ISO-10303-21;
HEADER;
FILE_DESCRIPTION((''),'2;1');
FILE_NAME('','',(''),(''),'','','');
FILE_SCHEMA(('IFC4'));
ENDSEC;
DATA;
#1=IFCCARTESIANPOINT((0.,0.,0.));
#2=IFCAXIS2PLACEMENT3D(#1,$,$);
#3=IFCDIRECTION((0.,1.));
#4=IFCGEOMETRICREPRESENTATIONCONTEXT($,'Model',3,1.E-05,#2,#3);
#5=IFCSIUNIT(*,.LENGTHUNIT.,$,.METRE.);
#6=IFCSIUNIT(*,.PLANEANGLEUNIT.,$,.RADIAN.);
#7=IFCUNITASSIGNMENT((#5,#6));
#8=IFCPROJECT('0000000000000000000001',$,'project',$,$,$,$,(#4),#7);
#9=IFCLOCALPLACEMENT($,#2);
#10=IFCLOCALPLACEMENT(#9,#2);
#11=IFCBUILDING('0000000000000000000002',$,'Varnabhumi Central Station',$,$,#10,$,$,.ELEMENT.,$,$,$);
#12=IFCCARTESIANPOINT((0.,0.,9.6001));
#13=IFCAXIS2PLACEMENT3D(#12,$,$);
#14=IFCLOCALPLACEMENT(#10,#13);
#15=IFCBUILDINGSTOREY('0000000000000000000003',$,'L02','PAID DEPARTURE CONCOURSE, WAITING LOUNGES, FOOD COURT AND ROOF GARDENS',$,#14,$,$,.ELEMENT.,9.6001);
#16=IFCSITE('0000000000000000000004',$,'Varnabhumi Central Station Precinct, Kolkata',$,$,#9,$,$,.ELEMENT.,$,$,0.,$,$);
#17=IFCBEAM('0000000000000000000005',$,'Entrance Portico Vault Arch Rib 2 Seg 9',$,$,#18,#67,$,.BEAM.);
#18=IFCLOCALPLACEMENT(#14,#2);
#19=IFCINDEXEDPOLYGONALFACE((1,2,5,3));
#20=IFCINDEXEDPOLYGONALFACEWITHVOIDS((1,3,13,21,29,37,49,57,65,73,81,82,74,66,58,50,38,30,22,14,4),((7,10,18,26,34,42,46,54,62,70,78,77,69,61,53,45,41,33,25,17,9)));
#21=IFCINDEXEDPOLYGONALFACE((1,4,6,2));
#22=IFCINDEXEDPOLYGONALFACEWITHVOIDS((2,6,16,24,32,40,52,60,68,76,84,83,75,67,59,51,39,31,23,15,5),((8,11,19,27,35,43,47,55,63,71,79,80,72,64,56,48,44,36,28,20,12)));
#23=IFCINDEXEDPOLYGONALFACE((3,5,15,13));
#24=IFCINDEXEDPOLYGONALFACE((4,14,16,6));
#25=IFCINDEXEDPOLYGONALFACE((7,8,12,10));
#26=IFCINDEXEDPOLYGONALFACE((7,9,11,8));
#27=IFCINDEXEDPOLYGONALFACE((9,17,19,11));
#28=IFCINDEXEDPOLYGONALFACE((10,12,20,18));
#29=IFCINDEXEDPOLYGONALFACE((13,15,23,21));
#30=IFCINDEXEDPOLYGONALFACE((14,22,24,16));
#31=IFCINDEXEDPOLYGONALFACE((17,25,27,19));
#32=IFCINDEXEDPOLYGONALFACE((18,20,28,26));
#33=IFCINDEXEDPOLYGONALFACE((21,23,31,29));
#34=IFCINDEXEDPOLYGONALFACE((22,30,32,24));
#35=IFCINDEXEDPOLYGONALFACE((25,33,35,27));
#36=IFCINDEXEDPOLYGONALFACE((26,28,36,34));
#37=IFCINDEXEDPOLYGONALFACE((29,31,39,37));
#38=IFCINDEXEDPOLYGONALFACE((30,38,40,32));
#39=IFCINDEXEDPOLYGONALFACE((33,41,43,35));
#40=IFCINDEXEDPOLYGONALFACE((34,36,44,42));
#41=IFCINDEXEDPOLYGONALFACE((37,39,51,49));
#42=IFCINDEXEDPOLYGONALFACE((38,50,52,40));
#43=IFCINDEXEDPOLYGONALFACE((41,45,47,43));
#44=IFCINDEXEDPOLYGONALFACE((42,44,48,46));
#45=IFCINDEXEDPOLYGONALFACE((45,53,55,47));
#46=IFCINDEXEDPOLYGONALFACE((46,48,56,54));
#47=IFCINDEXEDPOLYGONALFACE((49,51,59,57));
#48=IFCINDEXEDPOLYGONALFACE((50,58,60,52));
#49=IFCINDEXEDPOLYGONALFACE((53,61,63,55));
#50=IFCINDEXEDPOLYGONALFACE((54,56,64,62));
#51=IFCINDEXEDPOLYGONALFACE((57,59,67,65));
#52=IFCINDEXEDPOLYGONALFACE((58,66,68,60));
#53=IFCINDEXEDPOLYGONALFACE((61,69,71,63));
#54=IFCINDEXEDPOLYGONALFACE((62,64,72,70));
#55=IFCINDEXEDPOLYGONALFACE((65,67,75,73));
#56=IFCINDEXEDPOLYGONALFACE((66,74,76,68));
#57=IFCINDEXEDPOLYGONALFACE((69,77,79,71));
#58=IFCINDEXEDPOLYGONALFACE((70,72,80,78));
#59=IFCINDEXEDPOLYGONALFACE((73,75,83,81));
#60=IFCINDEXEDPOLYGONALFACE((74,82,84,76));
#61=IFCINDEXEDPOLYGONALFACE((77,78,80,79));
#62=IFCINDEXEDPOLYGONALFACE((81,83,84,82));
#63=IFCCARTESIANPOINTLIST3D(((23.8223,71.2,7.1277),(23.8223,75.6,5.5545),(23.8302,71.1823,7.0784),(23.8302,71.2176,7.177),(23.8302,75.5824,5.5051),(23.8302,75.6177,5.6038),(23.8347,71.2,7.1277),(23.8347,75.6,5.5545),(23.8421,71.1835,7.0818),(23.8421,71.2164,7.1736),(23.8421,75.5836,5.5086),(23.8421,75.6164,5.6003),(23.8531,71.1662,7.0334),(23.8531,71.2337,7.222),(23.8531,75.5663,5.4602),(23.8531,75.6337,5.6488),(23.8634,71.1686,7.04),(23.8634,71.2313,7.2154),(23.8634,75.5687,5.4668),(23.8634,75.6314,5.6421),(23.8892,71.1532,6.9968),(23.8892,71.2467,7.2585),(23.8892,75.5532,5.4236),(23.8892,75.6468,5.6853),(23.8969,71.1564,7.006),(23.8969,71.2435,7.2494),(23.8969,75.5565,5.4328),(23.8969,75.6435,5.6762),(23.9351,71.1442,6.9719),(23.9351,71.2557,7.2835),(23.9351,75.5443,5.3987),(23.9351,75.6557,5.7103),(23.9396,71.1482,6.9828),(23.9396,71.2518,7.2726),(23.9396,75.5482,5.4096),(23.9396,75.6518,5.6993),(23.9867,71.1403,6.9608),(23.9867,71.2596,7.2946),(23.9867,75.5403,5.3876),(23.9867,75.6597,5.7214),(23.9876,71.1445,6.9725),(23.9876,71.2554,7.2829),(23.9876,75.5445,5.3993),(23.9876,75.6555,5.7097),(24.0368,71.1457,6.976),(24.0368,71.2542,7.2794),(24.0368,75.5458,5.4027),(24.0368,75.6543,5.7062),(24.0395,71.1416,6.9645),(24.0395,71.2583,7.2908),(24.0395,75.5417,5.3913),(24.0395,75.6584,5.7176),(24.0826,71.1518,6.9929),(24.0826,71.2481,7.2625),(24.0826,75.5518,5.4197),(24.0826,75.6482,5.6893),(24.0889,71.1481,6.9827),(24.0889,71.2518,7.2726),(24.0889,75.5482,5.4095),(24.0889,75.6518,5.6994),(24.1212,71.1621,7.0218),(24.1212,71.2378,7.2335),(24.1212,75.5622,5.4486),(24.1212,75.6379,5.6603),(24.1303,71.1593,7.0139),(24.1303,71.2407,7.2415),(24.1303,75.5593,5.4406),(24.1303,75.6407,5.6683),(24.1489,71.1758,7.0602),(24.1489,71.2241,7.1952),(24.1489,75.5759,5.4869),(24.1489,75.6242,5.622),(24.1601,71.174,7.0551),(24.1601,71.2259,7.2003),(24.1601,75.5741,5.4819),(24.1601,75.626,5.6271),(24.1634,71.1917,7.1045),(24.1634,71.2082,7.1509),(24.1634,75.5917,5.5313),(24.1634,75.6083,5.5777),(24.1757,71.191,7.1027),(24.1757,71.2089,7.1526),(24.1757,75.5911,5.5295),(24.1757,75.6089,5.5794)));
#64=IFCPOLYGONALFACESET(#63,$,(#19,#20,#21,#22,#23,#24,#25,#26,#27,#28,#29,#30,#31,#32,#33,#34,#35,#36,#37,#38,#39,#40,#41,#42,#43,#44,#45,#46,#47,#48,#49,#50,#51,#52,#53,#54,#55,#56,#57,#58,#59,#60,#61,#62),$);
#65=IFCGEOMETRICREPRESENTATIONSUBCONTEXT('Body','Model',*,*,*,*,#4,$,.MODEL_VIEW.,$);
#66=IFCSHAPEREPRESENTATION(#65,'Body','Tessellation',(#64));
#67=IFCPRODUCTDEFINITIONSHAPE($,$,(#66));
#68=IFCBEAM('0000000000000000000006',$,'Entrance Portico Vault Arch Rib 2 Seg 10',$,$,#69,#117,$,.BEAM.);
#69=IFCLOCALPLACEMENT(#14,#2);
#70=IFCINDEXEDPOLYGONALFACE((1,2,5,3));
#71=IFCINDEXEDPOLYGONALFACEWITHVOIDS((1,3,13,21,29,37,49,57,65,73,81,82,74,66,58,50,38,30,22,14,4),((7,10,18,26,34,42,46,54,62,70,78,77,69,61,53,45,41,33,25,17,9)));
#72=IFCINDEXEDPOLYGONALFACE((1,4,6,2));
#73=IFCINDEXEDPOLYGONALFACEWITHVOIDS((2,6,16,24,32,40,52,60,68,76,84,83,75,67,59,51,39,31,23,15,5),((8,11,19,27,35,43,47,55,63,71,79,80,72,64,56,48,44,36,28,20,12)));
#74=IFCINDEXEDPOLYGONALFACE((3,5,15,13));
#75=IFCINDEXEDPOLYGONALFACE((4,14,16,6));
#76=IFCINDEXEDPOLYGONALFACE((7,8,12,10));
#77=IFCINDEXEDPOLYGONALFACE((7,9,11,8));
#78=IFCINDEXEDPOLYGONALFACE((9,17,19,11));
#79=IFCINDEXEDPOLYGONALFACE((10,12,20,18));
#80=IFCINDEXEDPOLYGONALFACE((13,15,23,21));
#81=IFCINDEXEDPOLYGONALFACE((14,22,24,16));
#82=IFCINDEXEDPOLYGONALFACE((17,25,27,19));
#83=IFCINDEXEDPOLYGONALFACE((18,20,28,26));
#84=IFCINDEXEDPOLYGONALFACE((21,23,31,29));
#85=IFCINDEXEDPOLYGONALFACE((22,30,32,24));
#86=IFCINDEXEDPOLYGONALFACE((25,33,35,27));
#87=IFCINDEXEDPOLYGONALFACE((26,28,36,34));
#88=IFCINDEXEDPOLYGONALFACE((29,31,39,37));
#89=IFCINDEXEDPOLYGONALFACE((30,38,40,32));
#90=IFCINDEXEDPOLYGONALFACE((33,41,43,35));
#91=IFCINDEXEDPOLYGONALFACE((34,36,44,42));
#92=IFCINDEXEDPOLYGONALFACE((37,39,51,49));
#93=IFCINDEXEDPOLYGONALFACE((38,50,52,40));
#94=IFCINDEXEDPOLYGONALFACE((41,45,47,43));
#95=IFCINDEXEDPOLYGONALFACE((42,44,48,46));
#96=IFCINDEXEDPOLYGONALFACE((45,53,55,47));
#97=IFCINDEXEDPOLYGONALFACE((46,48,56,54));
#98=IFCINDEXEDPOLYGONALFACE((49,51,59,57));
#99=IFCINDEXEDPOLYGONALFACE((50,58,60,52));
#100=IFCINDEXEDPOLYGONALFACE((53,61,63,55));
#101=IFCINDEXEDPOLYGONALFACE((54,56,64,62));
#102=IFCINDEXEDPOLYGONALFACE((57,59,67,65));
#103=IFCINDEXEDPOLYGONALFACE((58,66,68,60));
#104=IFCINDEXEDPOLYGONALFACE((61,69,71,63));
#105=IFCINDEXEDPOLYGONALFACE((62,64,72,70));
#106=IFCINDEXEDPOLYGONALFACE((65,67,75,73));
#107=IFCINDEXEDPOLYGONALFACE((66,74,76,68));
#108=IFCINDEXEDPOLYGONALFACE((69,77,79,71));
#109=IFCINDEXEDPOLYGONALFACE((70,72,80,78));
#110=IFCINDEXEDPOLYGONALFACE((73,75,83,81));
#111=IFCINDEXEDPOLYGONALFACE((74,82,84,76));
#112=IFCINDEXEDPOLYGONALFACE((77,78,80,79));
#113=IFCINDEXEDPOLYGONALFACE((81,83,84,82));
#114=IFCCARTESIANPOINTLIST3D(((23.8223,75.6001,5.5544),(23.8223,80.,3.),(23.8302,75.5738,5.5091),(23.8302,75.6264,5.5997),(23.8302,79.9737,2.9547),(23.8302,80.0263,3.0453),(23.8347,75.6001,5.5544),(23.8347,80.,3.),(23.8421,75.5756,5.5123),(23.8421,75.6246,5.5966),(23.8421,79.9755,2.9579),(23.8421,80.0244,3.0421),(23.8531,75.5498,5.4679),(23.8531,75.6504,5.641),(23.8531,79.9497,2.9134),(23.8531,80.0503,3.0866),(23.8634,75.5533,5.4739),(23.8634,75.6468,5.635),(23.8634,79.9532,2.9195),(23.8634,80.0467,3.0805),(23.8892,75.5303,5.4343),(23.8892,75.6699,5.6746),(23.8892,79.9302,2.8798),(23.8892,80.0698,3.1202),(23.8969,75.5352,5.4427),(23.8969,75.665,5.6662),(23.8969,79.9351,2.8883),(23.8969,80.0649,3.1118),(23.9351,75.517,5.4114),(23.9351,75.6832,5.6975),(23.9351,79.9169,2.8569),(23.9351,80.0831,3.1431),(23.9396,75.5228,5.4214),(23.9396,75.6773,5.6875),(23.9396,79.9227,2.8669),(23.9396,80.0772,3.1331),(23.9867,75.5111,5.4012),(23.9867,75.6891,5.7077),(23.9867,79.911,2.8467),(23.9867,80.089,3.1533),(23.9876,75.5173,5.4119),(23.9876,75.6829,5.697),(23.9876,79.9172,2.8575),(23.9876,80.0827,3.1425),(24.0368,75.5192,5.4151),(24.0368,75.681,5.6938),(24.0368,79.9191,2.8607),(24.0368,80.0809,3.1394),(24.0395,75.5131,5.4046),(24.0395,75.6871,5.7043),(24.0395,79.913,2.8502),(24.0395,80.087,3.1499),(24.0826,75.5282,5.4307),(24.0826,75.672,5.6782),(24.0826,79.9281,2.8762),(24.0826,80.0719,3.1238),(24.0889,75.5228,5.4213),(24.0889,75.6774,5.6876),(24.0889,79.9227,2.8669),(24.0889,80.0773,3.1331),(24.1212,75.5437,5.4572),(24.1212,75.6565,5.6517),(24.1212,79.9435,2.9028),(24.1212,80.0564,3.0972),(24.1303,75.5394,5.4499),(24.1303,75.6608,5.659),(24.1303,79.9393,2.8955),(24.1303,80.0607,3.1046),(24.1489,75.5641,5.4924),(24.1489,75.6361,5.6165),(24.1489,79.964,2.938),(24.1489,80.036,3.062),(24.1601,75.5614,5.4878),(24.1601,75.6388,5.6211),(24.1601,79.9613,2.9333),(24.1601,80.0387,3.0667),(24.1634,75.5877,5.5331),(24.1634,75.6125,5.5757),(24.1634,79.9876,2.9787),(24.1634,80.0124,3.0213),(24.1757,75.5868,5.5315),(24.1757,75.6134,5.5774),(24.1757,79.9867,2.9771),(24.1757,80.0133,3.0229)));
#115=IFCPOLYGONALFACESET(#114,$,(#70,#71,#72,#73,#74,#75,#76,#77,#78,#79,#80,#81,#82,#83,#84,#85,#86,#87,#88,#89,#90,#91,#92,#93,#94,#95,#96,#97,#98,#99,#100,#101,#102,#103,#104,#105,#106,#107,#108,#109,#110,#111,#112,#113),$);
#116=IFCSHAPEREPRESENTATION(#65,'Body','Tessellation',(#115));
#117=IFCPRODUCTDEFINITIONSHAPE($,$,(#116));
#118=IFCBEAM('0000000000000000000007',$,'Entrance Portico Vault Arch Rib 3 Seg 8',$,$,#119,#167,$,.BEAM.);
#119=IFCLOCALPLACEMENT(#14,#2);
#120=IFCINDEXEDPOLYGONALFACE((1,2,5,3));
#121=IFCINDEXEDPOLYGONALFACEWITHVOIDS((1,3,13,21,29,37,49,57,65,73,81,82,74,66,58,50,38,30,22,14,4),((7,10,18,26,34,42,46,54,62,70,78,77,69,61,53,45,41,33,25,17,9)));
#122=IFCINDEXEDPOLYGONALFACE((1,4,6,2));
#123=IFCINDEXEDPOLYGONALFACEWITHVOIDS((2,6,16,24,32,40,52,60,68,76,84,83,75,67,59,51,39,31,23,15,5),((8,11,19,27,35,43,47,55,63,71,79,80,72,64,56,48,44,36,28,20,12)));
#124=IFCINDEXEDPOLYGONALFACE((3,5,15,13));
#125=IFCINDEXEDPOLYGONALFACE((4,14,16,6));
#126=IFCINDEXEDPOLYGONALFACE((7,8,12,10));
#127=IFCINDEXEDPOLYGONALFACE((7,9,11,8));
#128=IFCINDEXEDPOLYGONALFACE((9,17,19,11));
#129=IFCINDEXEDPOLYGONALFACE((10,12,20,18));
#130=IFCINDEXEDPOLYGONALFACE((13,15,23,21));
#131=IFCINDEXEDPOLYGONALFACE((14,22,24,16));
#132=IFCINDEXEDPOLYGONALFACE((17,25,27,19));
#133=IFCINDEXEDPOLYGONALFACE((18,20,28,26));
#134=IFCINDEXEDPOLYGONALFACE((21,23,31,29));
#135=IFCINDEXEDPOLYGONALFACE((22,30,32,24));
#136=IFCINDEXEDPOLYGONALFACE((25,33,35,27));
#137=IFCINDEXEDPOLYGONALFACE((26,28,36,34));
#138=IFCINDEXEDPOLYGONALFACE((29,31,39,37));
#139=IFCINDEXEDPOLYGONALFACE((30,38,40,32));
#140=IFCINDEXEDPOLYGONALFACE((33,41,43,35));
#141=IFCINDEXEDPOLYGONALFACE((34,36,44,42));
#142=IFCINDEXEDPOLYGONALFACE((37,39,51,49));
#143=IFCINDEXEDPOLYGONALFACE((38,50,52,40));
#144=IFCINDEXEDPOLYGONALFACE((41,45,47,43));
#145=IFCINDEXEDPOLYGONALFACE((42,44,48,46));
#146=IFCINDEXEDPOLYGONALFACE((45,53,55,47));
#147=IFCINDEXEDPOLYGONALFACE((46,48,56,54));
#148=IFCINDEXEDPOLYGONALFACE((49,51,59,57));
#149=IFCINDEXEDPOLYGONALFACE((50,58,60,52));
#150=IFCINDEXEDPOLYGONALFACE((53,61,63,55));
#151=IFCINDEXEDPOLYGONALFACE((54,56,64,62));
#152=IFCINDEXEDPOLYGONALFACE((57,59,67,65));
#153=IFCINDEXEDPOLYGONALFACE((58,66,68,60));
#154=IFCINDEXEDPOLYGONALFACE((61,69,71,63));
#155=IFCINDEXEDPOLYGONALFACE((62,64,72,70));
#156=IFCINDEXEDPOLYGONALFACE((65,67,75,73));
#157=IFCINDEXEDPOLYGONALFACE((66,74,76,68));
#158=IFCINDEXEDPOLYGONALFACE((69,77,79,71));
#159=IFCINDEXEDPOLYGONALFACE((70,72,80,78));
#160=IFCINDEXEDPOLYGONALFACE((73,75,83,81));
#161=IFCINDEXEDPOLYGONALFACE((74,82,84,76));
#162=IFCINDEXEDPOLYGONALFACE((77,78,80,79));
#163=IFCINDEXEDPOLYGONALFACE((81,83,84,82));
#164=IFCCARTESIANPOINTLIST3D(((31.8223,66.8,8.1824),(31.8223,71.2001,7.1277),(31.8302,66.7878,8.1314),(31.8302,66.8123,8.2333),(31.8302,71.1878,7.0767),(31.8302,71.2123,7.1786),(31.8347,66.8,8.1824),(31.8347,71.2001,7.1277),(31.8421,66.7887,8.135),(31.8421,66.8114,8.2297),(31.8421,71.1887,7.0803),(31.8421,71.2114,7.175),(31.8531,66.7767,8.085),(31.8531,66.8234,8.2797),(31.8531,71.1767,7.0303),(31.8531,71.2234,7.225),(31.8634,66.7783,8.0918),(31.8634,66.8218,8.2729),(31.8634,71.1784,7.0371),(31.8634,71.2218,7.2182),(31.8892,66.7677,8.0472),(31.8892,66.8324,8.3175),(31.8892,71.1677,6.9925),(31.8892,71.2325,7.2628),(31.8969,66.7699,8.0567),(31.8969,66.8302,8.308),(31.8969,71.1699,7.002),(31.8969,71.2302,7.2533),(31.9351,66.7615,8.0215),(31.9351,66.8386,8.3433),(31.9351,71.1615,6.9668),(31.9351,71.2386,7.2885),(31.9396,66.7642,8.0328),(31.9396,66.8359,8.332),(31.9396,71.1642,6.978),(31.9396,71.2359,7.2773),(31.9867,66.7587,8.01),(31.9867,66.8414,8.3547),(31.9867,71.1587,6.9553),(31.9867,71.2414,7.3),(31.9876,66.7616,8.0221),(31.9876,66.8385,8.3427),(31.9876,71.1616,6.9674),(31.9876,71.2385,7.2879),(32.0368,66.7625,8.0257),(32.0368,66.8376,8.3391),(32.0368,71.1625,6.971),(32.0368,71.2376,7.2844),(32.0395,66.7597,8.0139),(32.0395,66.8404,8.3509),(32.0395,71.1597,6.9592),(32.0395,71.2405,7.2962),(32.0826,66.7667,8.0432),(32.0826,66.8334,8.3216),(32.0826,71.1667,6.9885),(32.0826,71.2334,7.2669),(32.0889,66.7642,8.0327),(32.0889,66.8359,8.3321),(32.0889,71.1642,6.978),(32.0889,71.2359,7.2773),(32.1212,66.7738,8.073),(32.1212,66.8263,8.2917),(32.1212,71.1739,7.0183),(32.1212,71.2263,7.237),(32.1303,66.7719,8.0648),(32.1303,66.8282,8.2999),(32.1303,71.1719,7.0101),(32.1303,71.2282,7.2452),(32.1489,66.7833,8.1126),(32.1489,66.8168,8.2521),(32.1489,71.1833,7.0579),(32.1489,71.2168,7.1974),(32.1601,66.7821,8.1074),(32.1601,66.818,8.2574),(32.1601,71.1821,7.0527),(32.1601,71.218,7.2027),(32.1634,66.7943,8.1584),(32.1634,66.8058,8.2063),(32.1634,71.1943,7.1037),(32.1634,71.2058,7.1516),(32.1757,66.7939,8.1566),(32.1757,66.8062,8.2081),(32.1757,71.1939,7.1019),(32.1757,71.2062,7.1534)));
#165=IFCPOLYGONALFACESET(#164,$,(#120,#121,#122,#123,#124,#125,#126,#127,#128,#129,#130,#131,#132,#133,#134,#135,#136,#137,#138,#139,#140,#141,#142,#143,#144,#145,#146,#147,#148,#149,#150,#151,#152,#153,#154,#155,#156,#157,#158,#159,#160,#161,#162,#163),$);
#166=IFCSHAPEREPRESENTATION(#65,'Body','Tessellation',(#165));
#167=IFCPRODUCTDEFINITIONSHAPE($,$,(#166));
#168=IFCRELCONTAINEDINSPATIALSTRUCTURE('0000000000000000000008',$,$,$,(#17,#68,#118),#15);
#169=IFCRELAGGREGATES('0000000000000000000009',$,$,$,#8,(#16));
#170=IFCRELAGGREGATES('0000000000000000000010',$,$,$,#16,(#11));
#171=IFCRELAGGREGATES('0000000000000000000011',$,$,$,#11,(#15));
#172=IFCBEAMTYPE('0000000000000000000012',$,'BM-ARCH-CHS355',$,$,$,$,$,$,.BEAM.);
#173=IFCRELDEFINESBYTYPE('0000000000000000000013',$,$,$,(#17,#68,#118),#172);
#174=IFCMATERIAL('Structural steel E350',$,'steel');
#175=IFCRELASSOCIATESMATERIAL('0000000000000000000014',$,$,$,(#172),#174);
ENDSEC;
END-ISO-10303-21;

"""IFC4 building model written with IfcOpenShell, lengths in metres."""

from ifc_helpers import new_model, si_unit, direction, frame, origin, origin_2d, place, context, subcontext, project, spatial, hollow_circle, extrude, material, material_profile, profile_set, type_object, element, save


model = new_model("IFC4")

# Units and contexts
model_context = context("Model", 3, precision=1e-05, world=origin(), true_north=direction((0.0, 1.0)))
body_context = subcontext(model_context, "Body", "Model", "MODEL_VIEW")
ifc_project = project(units=[si_unit("LENGTHUNIT", "METRE"), si_unit("PLANEANGLEUNIT", "RADIAN")], contexts=[model_context])

# Site, building, storey
site_placement = place(None, origin())
site = spatial("IfcSite", under=ifc_project, at=site_placement, Name="Varnabhumi Central Station Precinct, Kolkata", CompositionType="ELEMENT", RefElevation=0.0)
building_placement = place(site_placement, origin())
building = spatial("IfcBuilding", under=site, at=building_placement, Name="Varnabhumi Central Station", CompositionType="ELEMENT")
storey_placement = place(building_placement, frame((0.0, 0.0, 9.6001)))
storey = spatial("IfcBuildingStorey", under=building, at=storey_placement, Name="L02", Description="PAID DEPARTURE CONCOURSE, WAITING LOUNGES, FOOD COURT AND ROOF GARDENS", CompositionType="ELEMENT", Elevation=9.6001)

# Beams
ifc_material_1 = material(Name="Structural steel E350", Category="steel")
ifc_material_profile_1 = material_profile(ifc_material_1, hollow_circle(Radius=0.1777, WallThickness=0.0125, at=origin_2d()), Name="Structural steel E350", Category="steel")
ifc_profile_set_1 = profile_set([ifc_material_profile_1], Name="Structural steel E350")
beam_type_1 = type_object("IfcBeamType", Name="BM-ARCH-CHS355", PredefinedType="BEAM", material=ifc_profile_set_1)
beam_1_placement = place(storey_placement, frame((24.0, 71.2, 7.1277), z_axis=(0.0, 0.941622, -0.336671), x_axis=(-1.0, 0.0, 0.0)))
element("IfcBeam", 1, at=beam_1_placement, inside=storey, type_object=beam_type_1, Name="Entrance Portico Vault Arch Rib 2 Seg 9", PredefinedType="BEAM", context=body_context, shape_type="SweptSolid", body=[
    extrude(hollow_circle(Radius=0.1777, WallThickness=0.0125, at=origin_2d()), origin(), (0.0, 0.0, 1.0), 4.6729),
])
beam_2_placement = place(storey_placement, frame((24.0, 75.6001, 5.5544), z_axis=(0.0, 0.864818, -0.502086), x_axis=(-1.0, 0.0, 0.0)))
element("IfcBeam", 2, at=beam_2_placement, inside=storey, type_object=beam_type_1, Name="Entrance Portico Vault Arch Rib 2 Seg 10", PredefinedType="BEAM", context=body_context, shape_type="SweptSolid", body=[
    extrude(hollow_circle(Radius=0.1777, WallThickness=0.0125, at=origin_2d()), origin(), (0.0, 0.0, 1.0), 5.0876),
])
beam_3_placement = place(storey_placement, frame((32.0, 66.8, 8.1824), z_axis=(0.0, 0.972452, -0.233104), x_axis=(-1.0, 0.0, 0.0)))
element("IfcBeam", 3, at=beam_3_placement, inside=storey, type_object=beam_type_1, Name="Entrance Portico Vault Arch Rib 3 Seg 8", PredefinedType="BEAM", context=body_context, shape_type="SweptSolid", body=[
    extrude(hollow_circle(Radius=0.1777, WallThickness=0.0125, at=origin_2d()), origin(), (0.0, 0.0, 1.0), 4.5247),
])

save(model, "model.ifc")
